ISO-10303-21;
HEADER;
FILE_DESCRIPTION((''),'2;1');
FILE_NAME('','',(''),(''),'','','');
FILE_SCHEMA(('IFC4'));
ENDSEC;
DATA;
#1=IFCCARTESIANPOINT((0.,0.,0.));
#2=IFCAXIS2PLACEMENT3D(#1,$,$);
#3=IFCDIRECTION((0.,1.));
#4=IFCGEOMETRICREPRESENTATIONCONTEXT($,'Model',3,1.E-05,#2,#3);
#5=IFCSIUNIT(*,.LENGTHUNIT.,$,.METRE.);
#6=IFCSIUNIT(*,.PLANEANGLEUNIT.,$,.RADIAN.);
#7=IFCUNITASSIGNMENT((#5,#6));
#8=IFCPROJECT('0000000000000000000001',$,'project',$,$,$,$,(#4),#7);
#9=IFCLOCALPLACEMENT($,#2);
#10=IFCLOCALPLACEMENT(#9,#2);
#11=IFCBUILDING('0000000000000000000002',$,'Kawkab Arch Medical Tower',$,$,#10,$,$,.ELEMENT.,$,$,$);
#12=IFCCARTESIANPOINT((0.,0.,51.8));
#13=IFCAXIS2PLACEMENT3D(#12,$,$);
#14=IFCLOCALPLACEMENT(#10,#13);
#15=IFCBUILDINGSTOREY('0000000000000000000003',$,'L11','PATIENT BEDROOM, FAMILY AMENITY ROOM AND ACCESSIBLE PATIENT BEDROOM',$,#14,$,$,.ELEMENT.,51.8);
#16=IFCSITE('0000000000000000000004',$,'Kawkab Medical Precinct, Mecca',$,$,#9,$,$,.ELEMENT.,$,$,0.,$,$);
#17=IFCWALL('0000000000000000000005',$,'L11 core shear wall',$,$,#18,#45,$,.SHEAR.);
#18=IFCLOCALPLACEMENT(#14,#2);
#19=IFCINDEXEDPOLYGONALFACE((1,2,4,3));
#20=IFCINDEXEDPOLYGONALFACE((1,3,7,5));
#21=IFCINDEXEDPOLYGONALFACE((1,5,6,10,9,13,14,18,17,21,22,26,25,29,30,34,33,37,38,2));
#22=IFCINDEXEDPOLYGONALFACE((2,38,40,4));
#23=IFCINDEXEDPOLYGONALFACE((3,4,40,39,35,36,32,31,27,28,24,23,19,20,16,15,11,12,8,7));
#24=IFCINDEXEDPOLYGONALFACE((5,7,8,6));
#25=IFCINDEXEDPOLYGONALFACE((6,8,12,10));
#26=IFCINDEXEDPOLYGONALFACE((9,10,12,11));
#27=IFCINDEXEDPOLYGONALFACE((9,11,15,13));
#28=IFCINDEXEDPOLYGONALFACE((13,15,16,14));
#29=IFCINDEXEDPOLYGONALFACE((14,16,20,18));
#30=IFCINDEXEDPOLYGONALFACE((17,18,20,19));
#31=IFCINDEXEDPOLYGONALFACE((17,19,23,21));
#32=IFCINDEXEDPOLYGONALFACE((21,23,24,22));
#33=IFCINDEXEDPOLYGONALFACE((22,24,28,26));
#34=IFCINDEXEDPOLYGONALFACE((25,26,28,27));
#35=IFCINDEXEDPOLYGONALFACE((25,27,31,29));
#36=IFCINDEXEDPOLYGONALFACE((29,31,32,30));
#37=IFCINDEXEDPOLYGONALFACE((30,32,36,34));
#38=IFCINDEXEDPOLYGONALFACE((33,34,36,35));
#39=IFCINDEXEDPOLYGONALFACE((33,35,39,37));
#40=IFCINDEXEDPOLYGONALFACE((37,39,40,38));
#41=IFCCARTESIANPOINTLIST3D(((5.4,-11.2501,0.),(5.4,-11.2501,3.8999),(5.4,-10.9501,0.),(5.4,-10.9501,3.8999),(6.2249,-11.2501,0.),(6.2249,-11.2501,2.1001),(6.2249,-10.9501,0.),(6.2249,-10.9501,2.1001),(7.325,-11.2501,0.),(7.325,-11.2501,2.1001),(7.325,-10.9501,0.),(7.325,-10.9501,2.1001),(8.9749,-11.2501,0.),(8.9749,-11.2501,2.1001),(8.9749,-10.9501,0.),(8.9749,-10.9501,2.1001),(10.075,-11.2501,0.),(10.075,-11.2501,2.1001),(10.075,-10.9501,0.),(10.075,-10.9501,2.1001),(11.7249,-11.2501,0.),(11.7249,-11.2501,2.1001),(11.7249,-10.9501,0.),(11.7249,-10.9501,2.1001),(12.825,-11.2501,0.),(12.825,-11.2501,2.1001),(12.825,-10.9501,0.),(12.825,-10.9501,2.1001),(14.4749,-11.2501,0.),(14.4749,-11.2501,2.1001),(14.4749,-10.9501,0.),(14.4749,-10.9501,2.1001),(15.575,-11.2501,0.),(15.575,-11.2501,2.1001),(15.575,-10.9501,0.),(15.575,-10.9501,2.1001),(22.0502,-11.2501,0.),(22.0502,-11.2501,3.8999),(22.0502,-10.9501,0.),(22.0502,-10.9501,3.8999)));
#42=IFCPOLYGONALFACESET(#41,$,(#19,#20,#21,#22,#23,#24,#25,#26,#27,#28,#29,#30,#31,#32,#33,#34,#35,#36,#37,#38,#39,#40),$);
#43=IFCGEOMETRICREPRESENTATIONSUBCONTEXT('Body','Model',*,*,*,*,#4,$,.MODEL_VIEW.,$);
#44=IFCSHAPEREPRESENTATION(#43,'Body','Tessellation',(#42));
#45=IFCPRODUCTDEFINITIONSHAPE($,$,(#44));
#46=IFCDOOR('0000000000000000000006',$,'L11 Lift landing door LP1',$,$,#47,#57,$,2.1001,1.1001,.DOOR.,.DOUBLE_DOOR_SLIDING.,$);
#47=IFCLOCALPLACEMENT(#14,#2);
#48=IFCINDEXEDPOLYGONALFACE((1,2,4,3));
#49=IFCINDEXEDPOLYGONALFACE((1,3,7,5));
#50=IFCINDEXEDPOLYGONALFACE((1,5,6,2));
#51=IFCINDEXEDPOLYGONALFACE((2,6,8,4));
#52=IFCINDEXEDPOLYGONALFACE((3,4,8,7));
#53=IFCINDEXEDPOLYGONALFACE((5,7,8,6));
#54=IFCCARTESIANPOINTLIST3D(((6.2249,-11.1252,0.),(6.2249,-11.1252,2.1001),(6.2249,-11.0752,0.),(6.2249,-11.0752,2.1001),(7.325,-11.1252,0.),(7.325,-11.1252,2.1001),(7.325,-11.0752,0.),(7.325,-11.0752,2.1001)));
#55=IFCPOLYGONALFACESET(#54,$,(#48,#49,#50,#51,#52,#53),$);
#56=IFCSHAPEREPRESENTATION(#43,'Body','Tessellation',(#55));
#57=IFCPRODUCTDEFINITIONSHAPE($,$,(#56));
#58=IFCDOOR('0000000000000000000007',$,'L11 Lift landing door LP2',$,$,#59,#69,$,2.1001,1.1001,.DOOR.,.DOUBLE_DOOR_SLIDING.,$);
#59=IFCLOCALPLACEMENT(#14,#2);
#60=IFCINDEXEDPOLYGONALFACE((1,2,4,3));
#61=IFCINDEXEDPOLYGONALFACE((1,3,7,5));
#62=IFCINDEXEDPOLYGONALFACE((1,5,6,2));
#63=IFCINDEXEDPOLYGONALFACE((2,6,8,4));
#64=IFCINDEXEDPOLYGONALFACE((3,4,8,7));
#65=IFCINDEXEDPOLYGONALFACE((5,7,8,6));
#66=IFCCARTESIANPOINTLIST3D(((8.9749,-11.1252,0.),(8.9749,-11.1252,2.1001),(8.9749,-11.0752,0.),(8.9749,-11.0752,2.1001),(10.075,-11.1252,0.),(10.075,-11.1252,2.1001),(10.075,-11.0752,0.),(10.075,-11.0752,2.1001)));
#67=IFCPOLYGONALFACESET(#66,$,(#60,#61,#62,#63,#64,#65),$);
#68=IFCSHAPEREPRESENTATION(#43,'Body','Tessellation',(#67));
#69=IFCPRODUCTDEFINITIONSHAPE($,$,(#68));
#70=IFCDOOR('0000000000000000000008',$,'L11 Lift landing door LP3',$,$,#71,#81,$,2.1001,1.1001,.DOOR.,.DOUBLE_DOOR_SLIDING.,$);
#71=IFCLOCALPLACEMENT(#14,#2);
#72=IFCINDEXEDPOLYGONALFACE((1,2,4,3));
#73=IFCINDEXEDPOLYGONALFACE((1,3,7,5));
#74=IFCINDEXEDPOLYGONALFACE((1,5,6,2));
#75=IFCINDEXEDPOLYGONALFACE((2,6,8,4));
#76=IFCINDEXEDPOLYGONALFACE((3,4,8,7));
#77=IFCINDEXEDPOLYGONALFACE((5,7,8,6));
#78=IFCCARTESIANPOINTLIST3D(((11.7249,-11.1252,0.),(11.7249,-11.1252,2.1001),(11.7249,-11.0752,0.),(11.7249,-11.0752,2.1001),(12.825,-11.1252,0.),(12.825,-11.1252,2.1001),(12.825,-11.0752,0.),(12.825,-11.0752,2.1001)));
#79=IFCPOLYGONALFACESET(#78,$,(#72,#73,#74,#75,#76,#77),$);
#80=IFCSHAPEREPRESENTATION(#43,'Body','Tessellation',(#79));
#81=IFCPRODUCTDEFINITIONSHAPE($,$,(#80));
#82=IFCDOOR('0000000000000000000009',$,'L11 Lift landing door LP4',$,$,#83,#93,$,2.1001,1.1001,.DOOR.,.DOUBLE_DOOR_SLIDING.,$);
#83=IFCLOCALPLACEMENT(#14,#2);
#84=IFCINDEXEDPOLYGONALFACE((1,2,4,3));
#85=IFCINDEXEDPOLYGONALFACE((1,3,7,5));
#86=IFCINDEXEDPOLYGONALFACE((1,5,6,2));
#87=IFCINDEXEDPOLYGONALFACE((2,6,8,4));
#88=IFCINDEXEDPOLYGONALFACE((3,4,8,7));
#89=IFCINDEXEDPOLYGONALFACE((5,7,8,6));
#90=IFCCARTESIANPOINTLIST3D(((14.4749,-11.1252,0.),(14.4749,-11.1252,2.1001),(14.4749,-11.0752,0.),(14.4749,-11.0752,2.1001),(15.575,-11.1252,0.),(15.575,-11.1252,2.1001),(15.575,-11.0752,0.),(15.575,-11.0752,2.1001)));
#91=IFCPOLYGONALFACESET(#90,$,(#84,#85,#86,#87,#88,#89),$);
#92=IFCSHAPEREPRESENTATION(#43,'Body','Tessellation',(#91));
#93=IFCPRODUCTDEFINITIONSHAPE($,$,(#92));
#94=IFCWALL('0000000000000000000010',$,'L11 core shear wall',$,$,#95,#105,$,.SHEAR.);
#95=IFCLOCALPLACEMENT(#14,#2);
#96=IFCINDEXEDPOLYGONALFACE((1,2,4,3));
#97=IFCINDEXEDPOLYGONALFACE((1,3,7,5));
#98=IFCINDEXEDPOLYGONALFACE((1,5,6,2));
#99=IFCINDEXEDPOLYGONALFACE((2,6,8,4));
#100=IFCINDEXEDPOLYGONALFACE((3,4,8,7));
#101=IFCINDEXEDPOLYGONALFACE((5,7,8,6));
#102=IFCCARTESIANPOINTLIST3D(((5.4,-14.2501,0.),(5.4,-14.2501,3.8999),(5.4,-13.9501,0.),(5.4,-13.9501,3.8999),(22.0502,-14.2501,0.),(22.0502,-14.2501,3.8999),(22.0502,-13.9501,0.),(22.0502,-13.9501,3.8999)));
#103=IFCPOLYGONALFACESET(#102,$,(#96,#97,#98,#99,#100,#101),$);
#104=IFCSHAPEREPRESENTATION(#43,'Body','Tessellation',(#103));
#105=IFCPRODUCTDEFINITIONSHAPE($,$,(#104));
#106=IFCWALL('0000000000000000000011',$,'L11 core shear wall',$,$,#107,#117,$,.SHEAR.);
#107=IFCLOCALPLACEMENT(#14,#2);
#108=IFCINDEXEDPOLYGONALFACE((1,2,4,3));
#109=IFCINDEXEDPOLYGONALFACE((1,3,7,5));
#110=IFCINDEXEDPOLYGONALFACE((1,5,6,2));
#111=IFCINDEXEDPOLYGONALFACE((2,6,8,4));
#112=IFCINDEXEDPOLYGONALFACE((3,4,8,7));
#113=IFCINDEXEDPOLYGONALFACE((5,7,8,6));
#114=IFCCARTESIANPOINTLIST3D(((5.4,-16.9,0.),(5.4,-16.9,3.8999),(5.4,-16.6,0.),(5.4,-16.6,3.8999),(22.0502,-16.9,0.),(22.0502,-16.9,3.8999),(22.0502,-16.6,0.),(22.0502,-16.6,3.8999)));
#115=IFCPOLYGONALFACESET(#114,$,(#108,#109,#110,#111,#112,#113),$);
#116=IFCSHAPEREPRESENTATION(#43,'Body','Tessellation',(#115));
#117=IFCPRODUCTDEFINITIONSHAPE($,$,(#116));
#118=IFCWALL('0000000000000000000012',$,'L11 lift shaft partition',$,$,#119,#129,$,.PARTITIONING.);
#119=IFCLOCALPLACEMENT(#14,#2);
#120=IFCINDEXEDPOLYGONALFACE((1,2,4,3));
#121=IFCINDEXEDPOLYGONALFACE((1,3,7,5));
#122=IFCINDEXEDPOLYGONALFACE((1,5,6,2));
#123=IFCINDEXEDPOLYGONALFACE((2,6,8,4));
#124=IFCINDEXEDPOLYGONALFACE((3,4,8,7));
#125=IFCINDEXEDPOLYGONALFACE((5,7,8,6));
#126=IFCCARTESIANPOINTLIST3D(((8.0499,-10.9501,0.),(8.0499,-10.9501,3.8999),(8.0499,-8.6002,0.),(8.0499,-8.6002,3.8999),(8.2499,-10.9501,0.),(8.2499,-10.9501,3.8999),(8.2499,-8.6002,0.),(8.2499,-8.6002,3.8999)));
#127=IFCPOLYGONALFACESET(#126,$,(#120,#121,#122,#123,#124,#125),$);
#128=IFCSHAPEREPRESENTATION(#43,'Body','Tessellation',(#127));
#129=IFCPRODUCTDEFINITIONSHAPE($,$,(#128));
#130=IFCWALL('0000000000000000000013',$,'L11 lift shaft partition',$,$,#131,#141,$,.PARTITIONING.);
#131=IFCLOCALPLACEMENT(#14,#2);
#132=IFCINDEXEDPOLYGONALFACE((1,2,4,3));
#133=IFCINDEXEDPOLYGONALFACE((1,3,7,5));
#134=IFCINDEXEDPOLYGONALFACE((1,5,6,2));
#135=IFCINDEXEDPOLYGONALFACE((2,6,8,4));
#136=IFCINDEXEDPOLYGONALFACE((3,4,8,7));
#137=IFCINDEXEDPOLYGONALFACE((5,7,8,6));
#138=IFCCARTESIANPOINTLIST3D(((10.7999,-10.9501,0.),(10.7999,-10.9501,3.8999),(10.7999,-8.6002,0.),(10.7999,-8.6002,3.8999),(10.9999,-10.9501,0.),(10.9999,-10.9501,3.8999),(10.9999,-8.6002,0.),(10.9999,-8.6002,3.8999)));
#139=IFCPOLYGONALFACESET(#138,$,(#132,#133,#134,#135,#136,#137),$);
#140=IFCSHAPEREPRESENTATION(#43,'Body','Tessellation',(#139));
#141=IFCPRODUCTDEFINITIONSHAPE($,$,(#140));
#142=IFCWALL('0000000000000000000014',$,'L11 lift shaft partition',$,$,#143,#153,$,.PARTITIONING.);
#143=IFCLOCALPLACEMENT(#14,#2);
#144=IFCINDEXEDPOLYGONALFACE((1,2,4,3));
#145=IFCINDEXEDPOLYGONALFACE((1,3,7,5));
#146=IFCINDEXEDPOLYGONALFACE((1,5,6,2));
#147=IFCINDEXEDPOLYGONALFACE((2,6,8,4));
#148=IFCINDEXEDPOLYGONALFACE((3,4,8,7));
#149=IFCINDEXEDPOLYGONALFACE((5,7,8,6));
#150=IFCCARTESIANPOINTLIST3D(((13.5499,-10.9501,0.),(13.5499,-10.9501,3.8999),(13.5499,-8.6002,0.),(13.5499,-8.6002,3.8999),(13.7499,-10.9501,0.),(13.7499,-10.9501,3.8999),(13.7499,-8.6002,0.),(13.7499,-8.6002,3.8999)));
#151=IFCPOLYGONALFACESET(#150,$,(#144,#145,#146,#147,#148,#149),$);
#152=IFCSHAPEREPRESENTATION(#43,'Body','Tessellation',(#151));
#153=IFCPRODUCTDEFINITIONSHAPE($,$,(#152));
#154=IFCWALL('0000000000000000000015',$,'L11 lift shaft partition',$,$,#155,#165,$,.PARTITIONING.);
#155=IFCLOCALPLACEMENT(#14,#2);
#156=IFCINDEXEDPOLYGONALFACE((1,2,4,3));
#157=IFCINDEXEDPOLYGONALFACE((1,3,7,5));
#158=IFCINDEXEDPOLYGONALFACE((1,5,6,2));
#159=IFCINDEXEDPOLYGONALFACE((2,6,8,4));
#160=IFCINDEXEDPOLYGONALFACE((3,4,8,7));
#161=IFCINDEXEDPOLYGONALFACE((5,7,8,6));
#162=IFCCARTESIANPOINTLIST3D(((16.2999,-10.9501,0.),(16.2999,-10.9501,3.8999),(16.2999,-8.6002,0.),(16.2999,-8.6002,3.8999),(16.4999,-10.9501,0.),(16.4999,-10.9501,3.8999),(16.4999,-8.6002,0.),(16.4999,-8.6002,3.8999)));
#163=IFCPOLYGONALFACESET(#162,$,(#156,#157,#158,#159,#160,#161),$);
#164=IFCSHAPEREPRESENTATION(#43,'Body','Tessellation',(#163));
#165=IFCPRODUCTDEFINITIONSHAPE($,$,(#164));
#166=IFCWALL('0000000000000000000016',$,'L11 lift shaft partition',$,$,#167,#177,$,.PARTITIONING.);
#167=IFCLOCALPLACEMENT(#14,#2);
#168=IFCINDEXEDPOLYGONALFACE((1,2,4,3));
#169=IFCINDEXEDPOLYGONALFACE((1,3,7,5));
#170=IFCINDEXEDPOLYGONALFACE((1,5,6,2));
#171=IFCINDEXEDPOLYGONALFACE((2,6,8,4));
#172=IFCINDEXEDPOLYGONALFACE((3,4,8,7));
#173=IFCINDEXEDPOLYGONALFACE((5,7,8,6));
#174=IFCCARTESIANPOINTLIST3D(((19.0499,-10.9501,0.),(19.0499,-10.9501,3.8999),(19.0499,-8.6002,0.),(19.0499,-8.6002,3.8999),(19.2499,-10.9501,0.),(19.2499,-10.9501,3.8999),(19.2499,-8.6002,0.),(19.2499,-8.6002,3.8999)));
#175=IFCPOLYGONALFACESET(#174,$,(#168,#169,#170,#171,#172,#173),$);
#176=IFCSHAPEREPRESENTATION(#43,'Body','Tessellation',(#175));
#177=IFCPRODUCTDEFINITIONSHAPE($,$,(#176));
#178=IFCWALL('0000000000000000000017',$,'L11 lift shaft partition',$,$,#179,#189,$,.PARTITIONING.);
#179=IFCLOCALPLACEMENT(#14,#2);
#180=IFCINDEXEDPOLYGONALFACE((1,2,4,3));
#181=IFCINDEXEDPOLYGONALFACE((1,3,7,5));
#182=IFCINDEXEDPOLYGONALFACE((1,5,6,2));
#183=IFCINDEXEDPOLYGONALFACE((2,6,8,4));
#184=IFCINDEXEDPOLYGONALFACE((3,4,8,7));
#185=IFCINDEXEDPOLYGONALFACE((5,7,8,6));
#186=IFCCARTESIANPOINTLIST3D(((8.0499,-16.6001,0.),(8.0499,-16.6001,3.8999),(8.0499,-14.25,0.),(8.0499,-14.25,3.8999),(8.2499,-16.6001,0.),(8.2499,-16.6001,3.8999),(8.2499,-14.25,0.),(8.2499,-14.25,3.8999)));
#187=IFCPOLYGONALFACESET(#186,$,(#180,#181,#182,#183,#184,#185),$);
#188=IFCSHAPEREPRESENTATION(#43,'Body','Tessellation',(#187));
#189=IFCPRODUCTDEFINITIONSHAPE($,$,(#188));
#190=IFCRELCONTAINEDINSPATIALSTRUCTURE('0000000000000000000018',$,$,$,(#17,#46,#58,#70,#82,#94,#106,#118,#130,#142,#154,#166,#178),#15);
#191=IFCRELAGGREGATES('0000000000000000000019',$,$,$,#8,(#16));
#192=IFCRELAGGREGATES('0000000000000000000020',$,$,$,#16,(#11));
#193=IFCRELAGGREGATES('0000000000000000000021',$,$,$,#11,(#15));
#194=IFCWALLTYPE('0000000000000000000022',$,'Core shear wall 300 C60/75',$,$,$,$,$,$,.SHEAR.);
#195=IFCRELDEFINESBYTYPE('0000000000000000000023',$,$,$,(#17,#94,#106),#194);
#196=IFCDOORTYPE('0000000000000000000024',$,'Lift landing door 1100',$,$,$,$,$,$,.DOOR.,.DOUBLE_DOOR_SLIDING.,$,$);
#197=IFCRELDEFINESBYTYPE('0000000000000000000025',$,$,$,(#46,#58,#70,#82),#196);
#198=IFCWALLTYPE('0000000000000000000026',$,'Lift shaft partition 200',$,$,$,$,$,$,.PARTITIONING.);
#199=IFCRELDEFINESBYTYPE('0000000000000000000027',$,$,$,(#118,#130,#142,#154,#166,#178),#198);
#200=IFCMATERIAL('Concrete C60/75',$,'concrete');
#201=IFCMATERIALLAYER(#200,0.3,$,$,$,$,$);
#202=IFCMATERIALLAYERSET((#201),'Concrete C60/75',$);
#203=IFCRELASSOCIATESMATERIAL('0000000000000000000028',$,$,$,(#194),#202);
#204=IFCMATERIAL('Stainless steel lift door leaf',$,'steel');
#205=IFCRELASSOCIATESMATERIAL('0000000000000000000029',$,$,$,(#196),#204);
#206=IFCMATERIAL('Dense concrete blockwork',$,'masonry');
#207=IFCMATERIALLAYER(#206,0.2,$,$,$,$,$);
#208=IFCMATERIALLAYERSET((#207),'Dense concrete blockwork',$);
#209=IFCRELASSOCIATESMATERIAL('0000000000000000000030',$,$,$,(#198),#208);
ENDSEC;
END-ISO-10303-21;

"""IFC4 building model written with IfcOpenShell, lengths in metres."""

from ifc_helpers import new_model, si_unit, direction, frame, frame_2d, origin, place, context, subcontext, project, spatial, rectangle, extrude, material, layer, layer_set, type_object, element, fill, save


model = new_model("IFC4")

# Units and contexts
model_context = context("Model", 3, precision=1e-05, world=origin(), true_north=direction((0.0, 1.0)))
body_context = subcontext(model_context, "Body", "Model", "MODEL_VIEW")
ifc_project = project(units=[si_unit("LENGTHUNIT", "METRE"), si_unit("PLANEANGLEUNIT", "RADIAN")], contexts=[model_context])

# Site, building, storey
site_placement = place(None, origin())
site = spatial("IfcSite", under=ifc_project, at=site_placement, Name="Kawkab Medical Precinct, Mecca", CompositionType="ELEMENT", RefElevation=0.0)
building_placement = place(site_placement, origin())
building = spatial("IfcBuilding", under=site, at=building_placement, Name="Kawkab Arch Medical Tower", CompositionType="ELEMENT")
storey_placement = place(building_placement, frame((0.0, 0.0, 51.8)))
storey = spatial("IfcBuildingStorey", under=building, at=storey_placement, Name="L11", Description="PATIENT BEDROOM, FAMILY AMENITY ROOM AND ACCESSIBLE PATIENT BEDROOM", CompositionType="ELEMENT", Elevation=51.8)

# Wall, openings, doors
ifc_material_1 = material(Name="Concrete C60/75", Category="concrete")
ifc_layer_1 = layer(ifc_material_1, 0.3)
ifc_layer_set_1 = layer_set([ifc_layer_1], Name="Concrete C60/75")
wall_type_1 = type_object("IfcWallType", Name="Core shear wall 300 C60/75", PredefinedType="SHEAR", material=ifc_layer_set_1)
wall_1_placement = place(storey_placement, frame((5.3999, -11.1001, 0.0), z_axis=(0.0, 0.0, 1.0), x_axis=(1.0, 0.0, 0.0)))
wall_1 = element("IfcWall", 1, at=wall_1_placement, inside=storey, type_object=wall_type_1, Name="L11 core shear wall", PredefinedType="SHEAR", context=body_context, shape_type="SweptSolid", body=[
    extrude(rectangle(XDim=16.6501, YDim=0.3, at=frame_2d((8.3252, 0.0))), origin(), (0.0, 0.0, 1.0), 3.8999),
])
opening_1_placement = place(wall_1_placement, frame((0.825, 0.0, 0.0)))
opening_1 = element("IfcOpeningElement", 2, at=opening_1_placement, cuts=wall_1, PredefinedType="OPENING", context=body_context, shape_type="SweptSolid", body=[
    extrude(rectangle(XDim=1.1001, YDim=2.1001, at=frame_2d((0.55, 1.05))), frame((0.0, 0.1599, 0.0), z_axis=(0.0, -1.0, 0.0), x_axis=(1.0, 0.0, 0.0)), (0.0, 0.0, 1.0), 0.3201),
])
opening_2_placement = place(wall_1_placement, frame((3.575, 0.0, 0.0)))
opening_2 = element("IfcOpeningElement", 3, at=opening_2_placement, cuts=wall_1, PredefinedType="OPENING", context=body_context, shape_type="SweptSolid", body=[
    extrude(rectangle(XDim=1.1001, YDim=2.1001, at=frame_2d((0.55, 1.05))), frame((0.0, 0.1599, 0.0), z_axis=(0.0, -1.0, 0.0), x_axis=(1.0, 0.0, 0.0)), (0.0, 0.0, 1.0), 0.3201),
])
opening_3_placement = place(wall_1_placement, frame((6.325, 0.0, 0.0)))
opening_3 = element("IfcOpeningElement", 4, at=opening_3_placement, cuts=wall_1, PredefinedType="OPENING", context=body_context, shape_type="SweptSolid", body=[
    extrude(rectangle(XDim=1.1001, YDim=2.1001, at=frame_2d((0.55, 1.05))), frame((0.0, 0.1599, 0.0), z_axis=(0.0, -1.0, 0.0), x_axis=(1.0, 0.0, 0.0)), (0.0, 0.0, 1.0), 0.3201),
])
opening_4_placement = place(wall_1_placement, frame((9.075, 0.0, 0.0)))
opening_4 = element("IfcOpeningElement", 5, at=opening_4_placement, cuts=wall_1, PredefinedType="OPENING", context=body_context, shape_type="SweptSolid", body=[
    extrude(rectangle(XDim=1.1001, YDim=2.1001, at=frame_2d((0.55, 1.05))), frame((0.0, 0.1599, 0.0), z_axis=(0.0, -1.0, 0.0), x_axis=(1.0, 0.0, 0.0)), (0.0, 0.0, 1.0), 0.3201),
])
ifc_material_2 = material(Name="Stainless steel lift door leaf", Category="steel")
door_type = type_object("IfcDoorType", Name="Lift landing door 1100", OperationType="DOUBLE_DOOR_SLIDING", PredefinedType="DOOR", material=ifc_material_2)
door_1_placement = place(opening_1_placement, origin())
door_1 = element("IfcDoor", 6, at=door_1_placement, inside=storey, type_object=door_type, Name="L11 Lift landing door LP1", OperationType="DOUBLE_DOOR_SLIDING", OverallHeight=2.1001, OverallWidth=1.1001, PredefinedType="DOOR", context=body_context, shape_type="SweptSolid", body=[
    extrude(rectangle(XDim=1.1001, YDim=2.1001, at=frame_2d((0.55, 1.05))), frame((0.0, 0.0249, 0.0), z_axis=(0.0, -1.0, 0.0), x_axis=(1.0, 0.0, 0.0)), (0.0, 0.0, 1.0), 0.05),
])
fill(opening_1, door_1)
door_2_placement = place(opening_2_placement, origin())
door_2 = element("IfcDoor", 7, at=door_2_placement, inside=storey, type_object=door_type, Name="L11 Lift landing door LP2", OperationType="DOUBLE_DOOR_SLIDING", OverallHeight=2.1001, OverallWidth=1.1001, PredefinedType="DOOR", context=body_context, shape_type="SweptSolid", body=[
    extrude(rectangle(XDim=1.1001, YDim=2.1001, at=frame_2d((0.55, 1.05))), frame((0.0, 0.0249, 0.0), z_axis=(0.0, -1.0, 0.0), x_axis=(1.0, 0.0, 0.0)), (0.0, 0.0, 1.0), 0.05),
])
fill(opening_2, door_2)
door_3_placement = place(opening_3_placement, origin())
door_3 = element("IfcDoor", 8, at=door_3_placement, inside=storey, type_object=door_type, Name="L11 Lift landing door LP3", OperationType="DOUBLE_DOOR_SLIDING", OverallHeight=2.1001, OverallWidth=1.1001, PredefinedType="DOOR", context=body_context, shape_type="SweptSolid", body=[
    extrude(rectangle(XDim=1.1001, YDim=2.1001, at=frame_2d((0.55, 1.05))), frame((0.0, 0.0249, 0.0), z_axis=(0.0, -1.0, 0.0), x_axis=(1.0, 0.0, 0.0)), (0.0, 0.0, 1.0), 0.05),
])
fill(opening_3, door_3)
door_4_placement = place(opening_4_placement, origin())
door_4 = element("IfcDoor", 9, at=door_4_placement, inside=storey, type_object=door_type, Name="L11 Lift landing door LP4", OperationType="DOUBLE_DOOR_SLIDING", OverallHeight=2.1001, OverallWidth=1.1001, PredefinedType="DOOR", context=body_context, shape_type="SweptSolid", body=[
    extrude(rectangle(XDim=1.1001, YDim=2.1001, at=frame_2d((0.55, 1.05))), frame((0.0, 0.0249, 0.0), z_axis=(0.0, -1.0, 0.0), x_axis=(1.0, 0.0, 0.0)), (0.0, 0.0, 1.0), 0.05),
])
fill(opening_4, door_4)

# Walls
for number, where, z_axis, x_axis, name in (
    (10, (5.3999, -14.1001, 0.0), (0.0, 0.0, 1.0), (1.0, 0.0, 0.0), "L11 core shear wall"),
    (11, (5.3999, -16.75, 0.0), (0.0, 0.0, 1.0), (1.0, 0.0, 0.0), "L11 core shear wall"),
):
    element("IfcWall", number, at=place(storey_placement, frame(where, z_axis=z_axis, x_axis=x_axis)), inside=storey, type_object=wall_type_1, Name=name, PredefinedType="SHEAR", context=body_context, shape_type="SweptSolid", body=[
        extrude(rectangle(XDim=16.6501, YDim=0.3, at=frame_2d((8.3252, 0.0))), origin(), (0.0, 0.0, 1.0), 3.8999),
    ])
ifc_material_3 = material(Name="Dense concrete blockwork", Category="masonry")
ifc_layer_2 = layer(ifc_material_3, 0.2)
ifc_layer_set_2 = layer_set([ifc_layer_2], Name="Dense concrete blockwork")
wall_type_2 = type_object("IfcWallType", Name="Lift shaft partition 200", PredefinedType="PARTITIONING", material=ifc_layer_set_2)
for number, where, z_axis, x_axis, name in (
    (12, (8.1499, -10.95, 0.0), (0.0, 0.0, 1.0), (0.0, 1.0, 0.0), "L11 lift shaft partition"),
    (13, (10.8999, -10.95, 0.0), (0.0, 0.0, 1.0), (0.0, 1.0, 0.0), "L11 lift shaft partition"),
    (14, (13.6499, -10.95, 0.0), (0.0, 0.0, 1.0), (0.0, 1.0, 0.0), "L11 lift shaft partition"),
    (15, (16.3999, -10.95, 0.0), (0.0, 0.0, 1.0), (0.0, 1.0, 0.0), "L11 lift shaft partition"),
    (16, (19.1499, -10.95, 0.0), (0.0, 0.0, 1.0), (0.0, 1.0, 0.0), "L11 lift shaft partition"),
):
    element("IfcWall", number, at=place(storey_placement, frame(where, z_axis=z_axis, x_axis=x_axis)), inside=storey, type_object=wall_type_2, Name=name, PredefinedType="PARTITIONING", context=body_context, shape_type="SweptSolid", body=[
        extrude(rectangle(XDim=2.3499, YDim=0.2, at=frame_2d((1.1748, 0.0))), origin(), (0.0, 0.0, 1.0), 3.8999),
    ])
for number, where, z_axis, x_axis, name in (
    (17, (8.1499, -16.6001, 0.0), (0.0, 0.0, 1.0), (0.0, 1.0, 0.0), "L11 lift shaft partition"),
):
    element("IfcWall", number, at=place(storey_placement, frame(where, z_axis=z_axis, x_axis=x_axis)), inside=storey, type_object=wall_type_2, Name=name, PredefinedType="PARTITIONING", context=body_context, shape_type="SweptSolid", body=[
        extrude(rectangle(XDim=2.3501, YDim=0.2, at=frame_2d((1.175, 0.0))), origin(), (0.0, 0.0, 1.0), 3.8999),
    ])

save(model, "model.ifc")
